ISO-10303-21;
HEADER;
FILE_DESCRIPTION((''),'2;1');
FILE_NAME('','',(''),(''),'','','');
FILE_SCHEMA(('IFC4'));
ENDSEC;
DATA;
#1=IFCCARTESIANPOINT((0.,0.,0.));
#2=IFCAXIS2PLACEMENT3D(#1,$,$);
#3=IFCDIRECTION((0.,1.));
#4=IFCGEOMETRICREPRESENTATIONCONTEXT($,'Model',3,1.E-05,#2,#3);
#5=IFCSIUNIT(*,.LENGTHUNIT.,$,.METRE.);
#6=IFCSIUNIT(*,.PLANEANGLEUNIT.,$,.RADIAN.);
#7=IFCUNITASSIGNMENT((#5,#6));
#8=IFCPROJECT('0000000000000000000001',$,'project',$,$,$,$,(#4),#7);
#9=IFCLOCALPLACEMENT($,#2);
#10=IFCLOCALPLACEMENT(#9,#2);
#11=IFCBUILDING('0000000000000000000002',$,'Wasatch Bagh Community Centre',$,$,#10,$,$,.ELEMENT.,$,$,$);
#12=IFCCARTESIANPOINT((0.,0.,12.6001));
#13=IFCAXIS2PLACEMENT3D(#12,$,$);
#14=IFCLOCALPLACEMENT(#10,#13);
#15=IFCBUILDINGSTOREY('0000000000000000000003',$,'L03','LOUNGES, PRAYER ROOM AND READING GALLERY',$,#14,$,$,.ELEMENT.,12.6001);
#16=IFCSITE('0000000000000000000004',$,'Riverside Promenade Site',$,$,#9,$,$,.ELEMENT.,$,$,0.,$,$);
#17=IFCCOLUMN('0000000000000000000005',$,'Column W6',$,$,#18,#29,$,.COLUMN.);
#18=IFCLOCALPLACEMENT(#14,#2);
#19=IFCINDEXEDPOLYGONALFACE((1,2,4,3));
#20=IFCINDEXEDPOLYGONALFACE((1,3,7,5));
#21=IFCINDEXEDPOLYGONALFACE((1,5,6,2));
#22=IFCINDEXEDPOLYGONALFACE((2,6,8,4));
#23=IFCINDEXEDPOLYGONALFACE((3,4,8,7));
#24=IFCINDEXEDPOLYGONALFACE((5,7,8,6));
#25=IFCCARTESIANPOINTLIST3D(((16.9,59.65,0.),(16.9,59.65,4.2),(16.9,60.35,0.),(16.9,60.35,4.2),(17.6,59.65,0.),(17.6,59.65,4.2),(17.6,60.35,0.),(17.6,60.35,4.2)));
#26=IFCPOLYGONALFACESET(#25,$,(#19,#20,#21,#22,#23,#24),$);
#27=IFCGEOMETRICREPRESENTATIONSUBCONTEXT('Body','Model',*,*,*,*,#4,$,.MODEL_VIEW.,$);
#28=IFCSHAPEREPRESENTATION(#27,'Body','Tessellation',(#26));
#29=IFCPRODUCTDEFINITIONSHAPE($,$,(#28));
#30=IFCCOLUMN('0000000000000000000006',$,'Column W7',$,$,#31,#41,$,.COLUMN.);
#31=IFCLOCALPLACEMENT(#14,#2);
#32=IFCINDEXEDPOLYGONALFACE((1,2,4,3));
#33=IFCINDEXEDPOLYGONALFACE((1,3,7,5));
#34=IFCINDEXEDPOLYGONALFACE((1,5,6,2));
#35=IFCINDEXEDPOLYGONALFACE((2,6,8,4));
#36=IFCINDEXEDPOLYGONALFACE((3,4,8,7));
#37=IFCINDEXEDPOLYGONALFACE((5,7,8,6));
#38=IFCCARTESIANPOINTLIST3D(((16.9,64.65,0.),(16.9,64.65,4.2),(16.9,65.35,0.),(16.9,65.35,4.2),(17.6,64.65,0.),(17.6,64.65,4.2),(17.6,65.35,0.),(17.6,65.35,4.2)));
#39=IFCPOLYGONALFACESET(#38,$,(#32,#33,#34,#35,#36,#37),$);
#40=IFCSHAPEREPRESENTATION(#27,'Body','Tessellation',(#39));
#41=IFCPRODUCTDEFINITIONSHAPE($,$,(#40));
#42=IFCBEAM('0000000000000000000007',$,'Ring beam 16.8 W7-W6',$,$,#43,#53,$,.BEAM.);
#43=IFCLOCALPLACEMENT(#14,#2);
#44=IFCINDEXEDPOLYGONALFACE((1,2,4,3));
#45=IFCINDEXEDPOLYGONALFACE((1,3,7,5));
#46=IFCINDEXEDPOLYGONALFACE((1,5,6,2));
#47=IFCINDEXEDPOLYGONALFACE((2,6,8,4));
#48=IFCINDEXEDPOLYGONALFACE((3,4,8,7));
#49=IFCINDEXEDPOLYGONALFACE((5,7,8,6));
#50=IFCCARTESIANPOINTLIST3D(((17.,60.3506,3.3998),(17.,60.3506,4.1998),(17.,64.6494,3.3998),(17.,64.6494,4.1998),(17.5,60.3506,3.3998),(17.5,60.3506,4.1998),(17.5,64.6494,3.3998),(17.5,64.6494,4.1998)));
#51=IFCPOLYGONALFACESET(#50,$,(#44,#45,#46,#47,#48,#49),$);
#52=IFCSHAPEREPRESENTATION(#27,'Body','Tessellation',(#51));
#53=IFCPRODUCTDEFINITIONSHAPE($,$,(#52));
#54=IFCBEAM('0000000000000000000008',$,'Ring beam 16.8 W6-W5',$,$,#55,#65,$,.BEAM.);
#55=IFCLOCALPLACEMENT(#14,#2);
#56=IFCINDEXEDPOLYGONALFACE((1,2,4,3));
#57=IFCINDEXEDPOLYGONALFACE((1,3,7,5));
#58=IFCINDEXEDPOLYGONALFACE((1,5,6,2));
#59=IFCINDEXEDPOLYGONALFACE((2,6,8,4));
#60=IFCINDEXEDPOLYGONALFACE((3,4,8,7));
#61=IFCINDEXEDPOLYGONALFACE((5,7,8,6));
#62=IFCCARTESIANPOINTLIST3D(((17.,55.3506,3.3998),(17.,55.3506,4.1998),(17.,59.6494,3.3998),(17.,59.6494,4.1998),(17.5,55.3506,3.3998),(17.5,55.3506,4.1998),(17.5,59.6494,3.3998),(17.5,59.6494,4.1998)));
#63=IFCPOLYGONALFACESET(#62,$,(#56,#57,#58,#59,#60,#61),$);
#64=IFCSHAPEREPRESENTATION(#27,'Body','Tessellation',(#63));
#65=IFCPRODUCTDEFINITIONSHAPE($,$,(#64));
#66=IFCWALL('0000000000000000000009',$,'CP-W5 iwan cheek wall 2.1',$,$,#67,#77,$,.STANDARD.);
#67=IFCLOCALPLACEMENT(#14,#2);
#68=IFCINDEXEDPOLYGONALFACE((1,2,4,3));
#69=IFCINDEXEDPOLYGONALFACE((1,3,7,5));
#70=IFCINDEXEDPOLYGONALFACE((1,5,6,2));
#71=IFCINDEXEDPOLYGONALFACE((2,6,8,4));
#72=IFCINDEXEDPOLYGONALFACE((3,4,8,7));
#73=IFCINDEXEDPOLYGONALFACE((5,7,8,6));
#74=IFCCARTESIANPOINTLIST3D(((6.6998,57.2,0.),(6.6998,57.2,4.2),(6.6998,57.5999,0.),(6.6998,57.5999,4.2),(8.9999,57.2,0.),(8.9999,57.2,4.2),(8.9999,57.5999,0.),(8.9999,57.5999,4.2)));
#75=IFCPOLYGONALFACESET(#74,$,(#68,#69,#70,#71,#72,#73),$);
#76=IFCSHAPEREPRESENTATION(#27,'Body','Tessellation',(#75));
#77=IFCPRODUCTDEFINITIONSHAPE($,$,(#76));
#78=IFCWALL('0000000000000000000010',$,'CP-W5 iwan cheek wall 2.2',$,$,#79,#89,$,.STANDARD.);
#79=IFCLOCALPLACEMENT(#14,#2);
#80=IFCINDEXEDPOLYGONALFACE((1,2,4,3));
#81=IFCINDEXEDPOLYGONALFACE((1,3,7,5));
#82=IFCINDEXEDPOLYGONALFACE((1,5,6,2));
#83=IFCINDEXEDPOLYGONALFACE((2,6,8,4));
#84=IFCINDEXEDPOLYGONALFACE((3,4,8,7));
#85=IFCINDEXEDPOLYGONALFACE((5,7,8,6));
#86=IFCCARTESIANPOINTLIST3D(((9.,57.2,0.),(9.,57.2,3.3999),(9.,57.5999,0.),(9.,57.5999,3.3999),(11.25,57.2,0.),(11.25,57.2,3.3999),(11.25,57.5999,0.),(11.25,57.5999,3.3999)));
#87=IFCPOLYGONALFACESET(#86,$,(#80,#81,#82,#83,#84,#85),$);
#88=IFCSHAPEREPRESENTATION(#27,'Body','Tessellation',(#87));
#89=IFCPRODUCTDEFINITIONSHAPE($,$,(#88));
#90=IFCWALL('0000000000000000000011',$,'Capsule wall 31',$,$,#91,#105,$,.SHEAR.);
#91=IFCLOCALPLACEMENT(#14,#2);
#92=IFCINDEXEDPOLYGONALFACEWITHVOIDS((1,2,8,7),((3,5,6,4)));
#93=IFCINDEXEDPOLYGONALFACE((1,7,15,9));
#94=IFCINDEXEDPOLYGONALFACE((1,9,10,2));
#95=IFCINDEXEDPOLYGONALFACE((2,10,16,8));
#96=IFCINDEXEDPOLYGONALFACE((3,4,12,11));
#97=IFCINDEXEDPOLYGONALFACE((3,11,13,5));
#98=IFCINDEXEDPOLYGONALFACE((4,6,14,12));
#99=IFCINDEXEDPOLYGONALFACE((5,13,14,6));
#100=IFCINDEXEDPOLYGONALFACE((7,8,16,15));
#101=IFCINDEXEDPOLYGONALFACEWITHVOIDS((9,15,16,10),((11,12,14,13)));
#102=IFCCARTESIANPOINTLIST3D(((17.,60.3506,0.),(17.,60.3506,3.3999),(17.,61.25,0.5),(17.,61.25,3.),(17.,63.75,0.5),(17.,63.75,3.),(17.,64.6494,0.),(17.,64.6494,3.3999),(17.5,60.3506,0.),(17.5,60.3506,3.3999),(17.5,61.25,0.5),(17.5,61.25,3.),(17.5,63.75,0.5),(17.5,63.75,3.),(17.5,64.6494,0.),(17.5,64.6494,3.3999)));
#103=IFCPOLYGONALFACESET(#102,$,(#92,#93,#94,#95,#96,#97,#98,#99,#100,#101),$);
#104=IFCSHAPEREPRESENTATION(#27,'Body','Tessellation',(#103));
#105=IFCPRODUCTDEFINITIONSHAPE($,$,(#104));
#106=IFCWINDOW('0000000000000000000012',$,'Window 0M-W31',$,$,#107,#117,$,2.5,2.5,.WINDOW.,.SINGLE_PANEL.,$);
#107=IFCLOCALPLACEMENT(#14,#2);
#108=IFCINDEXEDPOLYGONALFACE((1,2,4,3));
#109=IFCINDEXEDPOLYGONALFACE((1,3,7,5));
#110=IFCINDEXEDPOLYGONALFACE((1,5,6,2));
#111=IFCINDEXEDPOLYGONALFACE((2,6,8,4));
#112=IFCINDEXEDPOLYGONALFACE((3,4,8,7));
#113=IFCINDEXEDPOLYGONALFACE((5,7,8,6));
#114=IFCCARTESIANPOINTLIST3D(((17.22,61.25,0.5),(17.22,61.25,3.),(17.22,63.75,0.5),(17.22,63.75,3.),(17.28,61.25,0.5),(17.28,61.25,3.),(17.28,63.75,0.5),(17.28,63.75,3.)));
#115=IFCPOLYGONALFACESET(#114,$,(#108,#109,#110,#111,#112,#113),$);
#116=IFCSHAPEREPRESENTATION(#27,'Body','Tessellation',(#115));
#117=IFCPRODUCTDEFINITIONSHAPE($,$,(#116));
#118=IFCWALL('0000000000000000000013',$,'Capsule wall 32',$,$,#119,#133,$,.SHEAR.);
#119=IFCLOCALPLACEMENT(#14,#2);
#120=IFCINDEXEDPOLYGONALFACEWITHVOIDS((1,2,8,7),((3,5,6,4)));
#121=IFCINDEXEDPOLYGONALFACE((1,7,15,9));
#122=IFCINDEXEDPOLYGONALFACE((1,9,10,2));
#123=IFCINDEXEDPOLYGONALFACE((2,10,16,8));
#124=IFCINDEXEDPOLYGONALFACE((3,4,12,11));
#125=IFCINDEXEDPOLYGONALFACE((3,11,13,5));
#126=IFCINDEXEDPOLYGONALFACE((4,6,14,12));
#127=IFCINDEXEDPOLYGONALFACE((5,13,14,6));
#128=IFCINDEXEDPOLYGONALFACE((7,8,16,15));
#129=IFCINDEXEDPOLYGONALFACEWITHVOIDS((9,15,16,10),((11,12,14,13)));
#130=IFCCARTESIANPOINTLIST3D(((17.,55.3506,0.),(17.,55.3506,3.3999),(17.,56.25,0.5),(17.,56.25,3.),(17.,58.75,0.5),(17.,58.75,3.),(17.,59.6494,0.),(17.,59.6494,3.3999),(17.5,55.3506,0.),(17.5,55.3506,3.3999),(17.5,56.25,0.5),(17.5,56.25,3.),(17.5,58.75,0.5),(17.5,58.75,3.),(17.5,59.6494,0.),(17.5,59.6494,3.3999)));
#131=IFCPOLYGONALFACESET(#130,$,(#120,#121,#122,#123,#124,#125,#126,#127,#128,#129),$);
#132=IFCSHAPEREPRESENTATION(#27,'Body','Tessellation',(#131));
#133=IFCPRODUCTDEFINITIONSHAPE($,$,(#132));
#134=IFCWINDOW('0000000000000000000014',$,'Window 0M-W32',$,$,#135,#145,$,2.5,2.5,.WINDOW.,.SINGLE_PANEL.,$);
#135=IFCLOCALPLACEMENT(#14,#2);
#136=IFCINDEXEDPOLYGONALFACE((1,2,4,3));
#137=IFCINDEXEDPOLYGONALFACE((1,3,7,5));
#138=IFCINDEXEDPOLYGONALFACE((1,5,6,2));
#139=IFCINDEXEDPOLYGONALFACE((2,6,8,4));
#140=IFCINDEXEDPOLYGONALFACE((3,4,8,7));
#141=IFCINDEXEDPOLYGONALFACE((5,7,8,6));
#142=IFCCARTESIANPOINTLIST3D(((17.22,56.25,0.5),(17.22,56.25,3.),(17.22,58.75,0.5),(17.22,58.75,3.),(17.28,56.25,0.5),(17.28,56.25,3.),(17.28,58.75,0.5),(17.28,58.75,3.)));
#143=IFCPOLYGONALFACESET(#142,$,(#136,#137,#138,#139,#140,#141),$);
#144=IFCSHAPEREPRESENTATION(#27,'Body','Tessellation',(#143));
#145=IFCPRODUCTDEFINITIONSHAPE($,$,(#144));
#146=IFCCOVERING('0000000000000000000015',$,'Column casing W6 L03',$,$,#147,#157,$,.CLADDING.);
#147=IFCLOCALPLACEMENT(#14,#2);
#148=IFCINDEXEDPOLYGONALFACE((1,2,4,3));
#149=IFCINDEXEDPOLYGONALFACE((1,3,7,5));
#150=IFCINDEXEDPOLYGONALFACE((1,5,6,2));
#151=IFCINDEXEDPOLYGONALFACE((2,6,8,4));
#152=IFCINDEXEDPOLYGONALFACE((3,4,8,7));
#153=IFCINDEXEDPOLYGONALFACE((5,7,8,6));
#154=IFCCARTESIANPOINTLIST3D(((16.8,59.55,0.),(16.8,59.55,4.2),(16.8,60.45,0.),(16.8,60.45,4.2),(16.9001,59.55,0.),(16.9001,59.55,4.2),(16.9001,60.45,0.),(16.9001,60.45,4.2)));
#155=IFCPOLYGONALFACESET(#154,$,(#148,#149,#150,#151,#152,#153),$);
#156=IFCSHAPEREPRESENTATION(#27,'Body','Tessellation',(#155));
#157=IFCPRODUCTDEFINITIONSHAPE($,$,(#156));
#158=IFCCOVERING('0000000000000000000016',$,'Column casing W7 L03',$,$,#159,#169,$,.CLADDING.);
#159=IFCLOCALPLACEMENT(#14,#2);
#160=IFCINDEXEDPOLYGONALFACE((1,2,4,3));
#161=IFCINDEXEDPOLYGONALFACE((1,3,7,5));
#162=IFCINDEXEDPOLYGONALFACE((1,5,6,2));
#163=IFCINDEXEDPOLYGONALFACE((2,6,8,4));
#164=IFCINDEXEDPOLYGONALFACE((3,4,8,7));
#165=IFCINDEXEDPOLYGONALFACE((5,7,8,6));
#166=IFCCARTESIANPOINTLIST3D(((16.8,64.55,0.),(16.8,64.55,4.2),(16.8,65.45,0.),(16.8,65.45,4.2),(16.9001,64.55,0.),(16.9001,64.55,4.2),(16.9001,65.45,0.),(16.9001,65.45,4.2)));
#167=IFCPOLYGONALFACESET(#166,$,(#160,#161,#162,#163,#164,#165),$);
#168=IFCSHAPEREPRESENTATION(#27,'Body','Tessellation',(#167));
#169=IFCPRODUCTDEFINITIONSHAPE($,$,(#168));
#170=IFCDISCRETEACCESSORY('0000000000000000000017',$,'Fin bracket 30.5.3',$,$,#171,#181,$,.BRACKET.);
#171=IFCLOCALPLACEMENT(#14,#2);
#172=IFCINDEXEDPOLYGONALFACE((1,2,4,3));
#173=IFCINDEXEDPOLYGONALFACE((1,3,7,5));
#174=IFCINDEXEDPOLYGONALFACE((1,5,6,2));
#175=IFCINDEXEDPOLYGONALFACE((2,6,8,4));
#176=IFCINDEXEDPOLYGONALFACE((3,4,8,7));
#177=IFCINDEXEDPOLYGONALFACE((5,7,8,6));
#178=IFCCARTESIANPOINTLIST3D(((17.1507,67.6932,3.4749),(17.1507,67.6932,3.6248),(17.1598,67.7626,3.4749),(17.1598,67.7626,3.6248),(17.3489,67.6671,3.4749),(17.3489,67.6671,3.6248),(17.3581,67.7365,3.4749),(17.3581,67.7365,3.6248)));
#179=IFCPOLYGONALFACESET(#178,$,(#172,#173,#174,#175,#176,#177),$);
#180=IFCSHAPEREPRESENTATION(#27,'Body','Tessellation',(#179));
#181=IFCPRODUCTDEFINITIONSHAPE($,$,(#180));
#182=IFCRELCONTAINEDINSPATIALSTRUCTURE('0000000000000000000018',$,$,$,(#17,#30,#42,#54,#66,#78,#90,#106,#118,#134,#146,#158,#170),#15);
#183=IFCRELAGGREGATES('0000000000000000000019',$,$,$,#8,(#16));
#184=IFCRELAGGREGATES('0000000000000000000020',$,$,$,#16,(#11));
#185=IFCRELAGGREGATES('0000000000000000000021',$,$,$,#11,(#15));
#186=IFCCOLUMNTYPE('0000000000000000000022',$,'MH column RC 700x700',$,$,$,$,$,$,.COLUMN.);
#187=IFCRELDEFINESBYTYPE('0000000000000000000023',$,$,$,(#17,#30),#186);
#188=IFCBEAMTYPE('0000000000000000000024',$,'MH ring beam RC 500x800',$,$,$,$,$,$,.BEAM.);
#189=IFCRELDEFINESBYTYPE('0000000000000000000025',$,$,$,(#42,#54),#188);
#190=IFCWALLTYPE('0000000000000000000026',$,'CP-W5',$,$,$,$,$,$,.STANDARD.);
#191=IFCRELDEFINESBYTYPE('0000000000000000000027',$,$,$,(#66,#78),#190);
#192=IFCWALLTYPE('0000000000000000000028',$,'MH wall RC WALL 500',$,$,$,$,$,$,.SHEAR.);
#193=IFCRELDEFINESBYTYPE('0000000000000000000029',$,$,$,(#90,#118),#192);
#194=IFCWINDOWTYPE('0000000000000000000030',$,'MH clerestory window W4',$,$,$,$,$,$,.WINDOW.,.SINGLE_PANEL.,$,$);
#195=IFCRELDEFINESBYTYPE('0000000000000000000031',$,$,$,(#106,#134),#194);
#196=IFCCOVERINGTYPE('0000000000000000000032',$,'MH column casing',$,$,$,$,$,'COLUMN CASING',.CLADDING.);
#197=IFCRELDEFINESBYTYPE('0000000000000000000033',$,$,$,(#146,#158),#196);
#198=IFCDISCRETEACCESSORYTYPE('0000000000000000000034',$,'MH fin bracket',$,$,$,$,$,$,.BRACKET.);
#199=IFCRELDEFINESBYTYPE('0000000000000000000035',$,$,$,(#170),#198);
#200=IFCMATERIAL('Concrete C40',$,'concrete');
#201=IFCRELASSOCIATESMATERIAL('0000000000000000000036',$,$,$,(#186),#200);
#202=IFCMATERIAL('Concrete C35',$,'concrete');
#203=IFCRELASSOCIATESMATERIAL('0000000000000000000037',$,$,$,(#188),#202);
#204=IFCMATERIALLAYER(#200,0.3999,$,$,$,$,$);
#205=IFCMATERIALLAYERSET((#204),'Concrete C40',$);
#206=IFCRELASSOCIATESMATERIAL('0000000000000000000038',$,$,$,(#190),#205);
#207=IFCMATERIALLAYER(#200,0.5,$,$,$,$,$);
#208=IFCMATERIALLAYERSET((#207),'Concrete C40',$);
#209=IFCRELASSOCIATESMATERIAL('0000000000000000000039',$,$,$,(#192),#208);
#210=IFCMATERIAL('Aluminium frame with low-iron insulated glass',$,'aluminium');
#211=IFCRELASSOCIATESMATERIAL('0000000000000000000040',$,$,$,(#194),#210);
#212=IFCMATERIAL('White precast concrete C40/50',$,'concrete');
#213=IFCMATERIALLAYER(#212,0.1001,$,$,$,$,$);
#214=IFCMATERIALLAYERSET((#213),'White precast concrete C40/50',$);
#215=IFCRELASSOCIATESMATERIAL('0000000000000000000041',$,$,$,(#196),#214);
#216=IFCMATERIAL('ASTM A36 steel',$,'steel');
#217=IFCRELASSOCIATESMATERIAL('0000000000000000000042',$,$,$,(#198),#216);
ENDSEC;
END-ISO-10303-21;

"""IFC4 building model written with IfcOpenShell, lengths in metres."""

from ifc_helpers import new_model, si_unit, direction, frame, frame_2d, origin, origin_2d, place, context, subcontext, project, spatial, rectangle, extrude, material, layer, layer_set, material_profile, profile_set, type_object, element, fill, save


model = new_model("IFC4")

# Units and contexts
model_context = context("Model", 3, precision=1e-05, world=origin(), true_north=direction((0.0, 1.0)))
body_context = subcontext(model_context, "Body", "Model", "MODEL_VIEW")
ifc_project = project(units=[si_unit("LENGTHUNIT", "METRE"), si_unit("PLANEANGLEUNIT", "RADIAN")], contexts=[model_context])

# Site, building, storey
site_placement = place(None, origin())
site = spatial("IfcSite", under=ifc_project, at=site_placement, Name="Riverside Promenade Site", CompositionType="ELEMENT", RefElevation=0.0)
building_placement = place(site_placement, origin())
building = spatial("IfcBuilding", under=site, at=building_placement, Name="Wasatch Bagh Community Centre", CompositionType="ELEMENT")
storey_placement = place(building_placement, frame((0.0, 0.0, 12.6001)))
storey = spatial("IfcBuildingStorey", under=building, at=storey_placement, Name="L03", Description="LOUNGES, PRAYER ROOM AND READING GALLERY", CompositionType="ELEMENT", Elevation=12.6001)

# Columns
ifc_material_1 = material(Name="Concrete C40", Category="concrete")
ifc_material_profile_1 = material_profile(ifc_material_1, rectangle(XDim=0.7, YDim=0.7, at=origin_2d()), Name="RC 700x700")
ifc_profile_set_1 = profile_set([ifc_material_profile_1], Name="Concrete C40")
column_type = type_object("IfcColumnType", Name="MH column RC 700x700", PredefinedType="COLUMN", material=ifc_profile_set_1)
for number, where, z_axis, x_axis, name in (
    (1, (17.25, 60.0, 0.0), (0.0, 0.0, 1.0), (1.0, 0.0, 0.0), "Column W6"),
    (2, (17.25, 65.0, 0.0), (0.0, 0.0, 1.0), (1.0, 0.0, 0.0), "Column W7"),
):
    element("IfcColumn", number, at=place(storey_placement, frame(where, z_axis=z_axis, x_axis=x_axis)), inside=storey, type_object=column_type, Name=name, PredefinedType="COLUMN", context=body_context, shape_type="SweptSolid", body=[
        extrude(rectangle(XDim=0.7, YDim=0.7, at=origin_2d()), origin(), (0.0, 0.0, 1.0), 4.2),
    ])

# Beams
ifc_material_2 = material(Name="Concrete C35", Category="concrete")
ifc_material_profile_2 = material_profile(ifc_material_2, rectangle(XDim=0.5, YDim=0.8, at=origin_2d()), Name="RC 500x800")
ifc_profile_set_2 = profile_set([ifc_material_profile_2], Name="Concrete C35")
beam_type = type_object("IfcBeamType", Name="MH ring beam RC 500x800", PredefinedType="BEAM", material=ifc_profile_set_2)
for number, where, z_axis, x_axis, name in (
    (3, (17.25, 64.6494, 3.7998), (0.0, -1.0, 0.0), (1.0, 0.0, 0.0), "Ring beam 16.8 W7-W6"),
    (4, (17.25, 59.6494, 3.7998), (0.0, -1.0, 0.0), (1.0, 0.0, 0.0), "Ring beam 16.8 W6-W5"),
):
    element("IfcBeam", number, at=place(storey_placement, frame(where, z_axis=z_axis, x_axis=x_axis)), inside=storey, type_object=beam_type, Name=name, PredefinedType="BEAM", context=body_context, shape_type="SweptSolid", body=[
        extrude(rectangle(XDim=0.5, YDim=0.8, at=origin_2d()), origin(), (0.0, 0.0, 1.0), 4.2988),
    ])

# Walls
ifc_layer_1 = layer(ifc_material_1, 0.3999)
ifc_layer_set_1 = layer_set([ifc_layer_1], Name="Concrete C40")
wall_type_1 = type_object("IfcWallType", Name="CP-W5", PredefinedType="STANDARD", material=ifc_layer_set_1)
wall_1_placement = place(storey_placement, frame((6.7, 57.3999, 0.0), z_axis=(0.0, 0.0, 1.0), x_axis=(1.0, 0.0, 0.0)))
element("IfcWall", 5, at=wall_1_placement, inside=storey, type_object=wall_type_1, Name="CP-W5 iwan cheek wall 2.1", PredefinedType="STANDARD", context=body_context, shape_type="SweptSolid", body=[
    extrude(rectangle(XDim=2.3, YDim=0.3999, at=frame_2d((1.1499, 0.0))), origin(), (0.0, 0.0, 1.0), 4.2),
])
wall_2_placement = place(storey_placement, frame((9.0, 57.3999, 0.0), z_axis=(0.0, 0.0, 1.0), x_axis=(1.0, 0.0, 0.0)))
element("IfcWall", 6, at=wall_2_placement, inside=storey, type_object=wall_type_1, Name="CP-W5 iwan cheek wall 2.2", PredefinedType="STANDARD", context=body_context, shape_type="SweptSolid", body=[
    extrude(rectangle(XDim=2.25, YDim=0.3999, at=frame_2d((1.125, 0.0))), origin(), (0.0, 0.0, 1.0), 3.3999),
])

# Walls, openings, windows
ifc_layer_2 = layer(ifc_material_1, 0.5)
ifc_layer_set_2 = layer_set([ifc_layer_2], Name="Concrete C40")
wall_type_2 = type_object("IfcWallType", Name="MH wall RC WALL 500", PredefinedType="SHEAR", material=ifc_layer_set_2)
wall_3_placement = place(storey_placement, frame((17.25, 64.6494, 0.0), z_axis=(0.0, 0.0, 1.0), x_axis=(0.0, -1.0, 0.0)))
wall_3 = element("IfcWall", 7, at=wall_3_placement, inside=storey, type_object=wall_type_2, Name="Capsule wall 31", PredefinedType="SHEAR", context=body_context, shape_type="SweptSolid", body=[
    extrude(rectangle(XDim=4.2988, YDim=0.5, at=frame_2d((2.1494, 0.0))), origin(), (0.0, 0.0, 1.0), 3.3999),
])
opening_1_placement = place(wall_3_placement, frame((0.8994, 0.0, 0.5)))
opening_1 = element("IfcOpeningElement", 8, at=opening_1_placement, cuts=wall_3, PredefinedType="OPENING", context=body_context, shape_type="SweptSolid", body=[
    extrude(rectangle(XDim=2.5, YDim=2.5, at=frame_2d((1.25, 1.25))), frame((0.0, 0.26, 0.0), z_axis=(0.0, -1.0, 0.0), x_axis=(1.0, 0.0, 0.0)), (0.0, 0.0, 1.0), 0.52),
])
ifc_material_3 = material(Name="Aluminium frame with low-iron insulated glass", Category="aluminium")
window_type = type_object("IfcWindowType", Name="MH clerestory window W4", PartitioningType="SINGLE_PANEL", PredefinedType="WINDOW", material=ifc_material_3)
window_1_placement = place(opening_1_placement, origin())
window_1 = element("IfcWindow", 9, at=window_1_placement, inside=storey, type_object=window_type, Name="Window 0M-W31", OverallHeight=2.5, OverallWidth=2.5, PartitioningType="SINGLE_PANEL", PredefinedType="WINDOW", context=body_context, shape_type="SweptSolid", body=[
    extrude(rectangle(XDim=2.5, YDim=2.5, at=frame_2d((1.25, 1.25))), frame((0.0, 0.03, 0.0), z_axis=(0.0, -1.0, 0.0), x_axis=(1.0, 0.0, 0.0)), (0.0, 0.0, 1.0), 0.0601),
])
fill(opening_1, window_1)
wall_4_placement = place(storey_placement, frame((17.25, 59.6494, 0.0), z_axis=(0.0, 0.0, 1.0), x_axis=(0.0, -1.0, 0.0)))
wall_4 = element("IfcWall", 10, at=wall_4_placement, inside=storey, type_object=wall_type_2, Name="Capsule wall 32", PredefinedType="SHEAR", context=body_context, shape_type="SweptSolid", body=[
    extrude(rectangle(XDim=4.2988, YDim=0.5, at=frame_2d((2.1494, 0.0))), origin(), (0.0, 0.0, 1.0), 3.3999),
])
opening_2_placement = place(wall_4_placement, frame((0.8994, 0.0, 0.5)))
opening_2 = element("IfcOpeningElement", 11, at=opening_2_placement, cuts=wall_4, PredefinedType="OPENING", context=body_context, shape_type="SweptSolid", body=[
    extrude(rectangle(XDim=2.5, YDim=2.5, at=frame_2d((1.25, 1.25))), frame((0.0, 0.26, 0.0), z_axis=(0.0, -1.0, 0.0), x_axis=(1.0, 0.0, 0.0)), (0.0, 0.0, 1.0), 0.52),
])
window_2_placement = place(opening_2_placement, origin())
window_2 = element("IfcWindow", 12, at=window_2_placement, inside=storey, type_object=window_type, Name="Window 0M-W32", OverallHeight=2.5, OverallWidth=2.5, PartitioningType="SINGLE_PANEL", PredefinedType="WINDOW", context=body_context, shape_type="SweptSolid", body=[
    extrude(rectangle(XDim=2.5, YDim=2.5, at=frame_2d((1.25, 1.25))), frame((0.0, 0.03, 0.0), z_axis=(0.0, -1.0, 0.0), x_axis=(1.0, 0.0, 0.0)), (0.0, 0.0, 1.0), 0.0601),
])
fill(opening_2, window_2)

# Coverings
ifc_material_4 = material(Name="White precast concrete C40/50", Category="concrete")
ifc_layer_3 = layer(ifc_material_4, 0.1001)
ifc_layer_set_3 = layer_set([ifc_layer_3], Name="White precast concrete C40/50")
covering_type = type_object("IfcCoveringType", Name="MH column casing", ElementType="COLUMN CASING", PredefinedType="CLADDING", material=ifc_layer_set_3)
for number, where, z_axis, x_axis, name in (
    (13, (16.8501, 60.0, 0.0), (0.0, 0.0, 1.0), (0.0, -1.0, 0.0), "Column casing W6 L03"),
    (14, (16.8501, 65.0, 0.0), (0.0, 0.0, 1.0), (0.0, -1.0, 0.0), "Column casing W7 L03"),
):
    element("IfcCovering", number, at=place(storey_placement, frame(where, z_axis=z_axis, x_axis=x_axis)), inside=storey, type_object=covering_type, Name=name, PredefinedType="CLADDING", context=body_context, shape_type="SweptSolid", body=[
        extrude(rectangle(XDim=0.8999, YDim=0.1001, at=origin_2d()), origin(), (0.0, 0.0, 1.0), 4.2),
    ])

# Discrete accessory
ifc_material_5 = material(Name="ASTM A36 steel", Category="steel")
discrete_accessory_type = type_object("IfcDiscreteAccessoryType", Name="MH fin bracket", PredefinedType="BRACKET", material=ifc_material_5)
for number, where, z_axis, x_axis, name in (
    (15, (17.2544, 67.7148, 3.4749), (0.0, 0.0, 1.0), (-0.130526, -0.991445, 0.0), "Fin bracket 30.5.3"),
):
    element("IfcDiscreteAccessory", number, at=place(storey_placement, frame(where, z_axis=z_axis, x_axis=x_axis)), inside=storey, type_object=discrete_accessory_type, Name=name, PredefinedType="BRACKET", context=body_context, shape_type="SweptSolid", body=[
        extrude(rectangle(XDim=0.0701, YDim=0.2, at=origin_2d()), origin(), (0.0, 0.0, 1.0), 0.1499),
    ])

save(model, "model.ifc")
